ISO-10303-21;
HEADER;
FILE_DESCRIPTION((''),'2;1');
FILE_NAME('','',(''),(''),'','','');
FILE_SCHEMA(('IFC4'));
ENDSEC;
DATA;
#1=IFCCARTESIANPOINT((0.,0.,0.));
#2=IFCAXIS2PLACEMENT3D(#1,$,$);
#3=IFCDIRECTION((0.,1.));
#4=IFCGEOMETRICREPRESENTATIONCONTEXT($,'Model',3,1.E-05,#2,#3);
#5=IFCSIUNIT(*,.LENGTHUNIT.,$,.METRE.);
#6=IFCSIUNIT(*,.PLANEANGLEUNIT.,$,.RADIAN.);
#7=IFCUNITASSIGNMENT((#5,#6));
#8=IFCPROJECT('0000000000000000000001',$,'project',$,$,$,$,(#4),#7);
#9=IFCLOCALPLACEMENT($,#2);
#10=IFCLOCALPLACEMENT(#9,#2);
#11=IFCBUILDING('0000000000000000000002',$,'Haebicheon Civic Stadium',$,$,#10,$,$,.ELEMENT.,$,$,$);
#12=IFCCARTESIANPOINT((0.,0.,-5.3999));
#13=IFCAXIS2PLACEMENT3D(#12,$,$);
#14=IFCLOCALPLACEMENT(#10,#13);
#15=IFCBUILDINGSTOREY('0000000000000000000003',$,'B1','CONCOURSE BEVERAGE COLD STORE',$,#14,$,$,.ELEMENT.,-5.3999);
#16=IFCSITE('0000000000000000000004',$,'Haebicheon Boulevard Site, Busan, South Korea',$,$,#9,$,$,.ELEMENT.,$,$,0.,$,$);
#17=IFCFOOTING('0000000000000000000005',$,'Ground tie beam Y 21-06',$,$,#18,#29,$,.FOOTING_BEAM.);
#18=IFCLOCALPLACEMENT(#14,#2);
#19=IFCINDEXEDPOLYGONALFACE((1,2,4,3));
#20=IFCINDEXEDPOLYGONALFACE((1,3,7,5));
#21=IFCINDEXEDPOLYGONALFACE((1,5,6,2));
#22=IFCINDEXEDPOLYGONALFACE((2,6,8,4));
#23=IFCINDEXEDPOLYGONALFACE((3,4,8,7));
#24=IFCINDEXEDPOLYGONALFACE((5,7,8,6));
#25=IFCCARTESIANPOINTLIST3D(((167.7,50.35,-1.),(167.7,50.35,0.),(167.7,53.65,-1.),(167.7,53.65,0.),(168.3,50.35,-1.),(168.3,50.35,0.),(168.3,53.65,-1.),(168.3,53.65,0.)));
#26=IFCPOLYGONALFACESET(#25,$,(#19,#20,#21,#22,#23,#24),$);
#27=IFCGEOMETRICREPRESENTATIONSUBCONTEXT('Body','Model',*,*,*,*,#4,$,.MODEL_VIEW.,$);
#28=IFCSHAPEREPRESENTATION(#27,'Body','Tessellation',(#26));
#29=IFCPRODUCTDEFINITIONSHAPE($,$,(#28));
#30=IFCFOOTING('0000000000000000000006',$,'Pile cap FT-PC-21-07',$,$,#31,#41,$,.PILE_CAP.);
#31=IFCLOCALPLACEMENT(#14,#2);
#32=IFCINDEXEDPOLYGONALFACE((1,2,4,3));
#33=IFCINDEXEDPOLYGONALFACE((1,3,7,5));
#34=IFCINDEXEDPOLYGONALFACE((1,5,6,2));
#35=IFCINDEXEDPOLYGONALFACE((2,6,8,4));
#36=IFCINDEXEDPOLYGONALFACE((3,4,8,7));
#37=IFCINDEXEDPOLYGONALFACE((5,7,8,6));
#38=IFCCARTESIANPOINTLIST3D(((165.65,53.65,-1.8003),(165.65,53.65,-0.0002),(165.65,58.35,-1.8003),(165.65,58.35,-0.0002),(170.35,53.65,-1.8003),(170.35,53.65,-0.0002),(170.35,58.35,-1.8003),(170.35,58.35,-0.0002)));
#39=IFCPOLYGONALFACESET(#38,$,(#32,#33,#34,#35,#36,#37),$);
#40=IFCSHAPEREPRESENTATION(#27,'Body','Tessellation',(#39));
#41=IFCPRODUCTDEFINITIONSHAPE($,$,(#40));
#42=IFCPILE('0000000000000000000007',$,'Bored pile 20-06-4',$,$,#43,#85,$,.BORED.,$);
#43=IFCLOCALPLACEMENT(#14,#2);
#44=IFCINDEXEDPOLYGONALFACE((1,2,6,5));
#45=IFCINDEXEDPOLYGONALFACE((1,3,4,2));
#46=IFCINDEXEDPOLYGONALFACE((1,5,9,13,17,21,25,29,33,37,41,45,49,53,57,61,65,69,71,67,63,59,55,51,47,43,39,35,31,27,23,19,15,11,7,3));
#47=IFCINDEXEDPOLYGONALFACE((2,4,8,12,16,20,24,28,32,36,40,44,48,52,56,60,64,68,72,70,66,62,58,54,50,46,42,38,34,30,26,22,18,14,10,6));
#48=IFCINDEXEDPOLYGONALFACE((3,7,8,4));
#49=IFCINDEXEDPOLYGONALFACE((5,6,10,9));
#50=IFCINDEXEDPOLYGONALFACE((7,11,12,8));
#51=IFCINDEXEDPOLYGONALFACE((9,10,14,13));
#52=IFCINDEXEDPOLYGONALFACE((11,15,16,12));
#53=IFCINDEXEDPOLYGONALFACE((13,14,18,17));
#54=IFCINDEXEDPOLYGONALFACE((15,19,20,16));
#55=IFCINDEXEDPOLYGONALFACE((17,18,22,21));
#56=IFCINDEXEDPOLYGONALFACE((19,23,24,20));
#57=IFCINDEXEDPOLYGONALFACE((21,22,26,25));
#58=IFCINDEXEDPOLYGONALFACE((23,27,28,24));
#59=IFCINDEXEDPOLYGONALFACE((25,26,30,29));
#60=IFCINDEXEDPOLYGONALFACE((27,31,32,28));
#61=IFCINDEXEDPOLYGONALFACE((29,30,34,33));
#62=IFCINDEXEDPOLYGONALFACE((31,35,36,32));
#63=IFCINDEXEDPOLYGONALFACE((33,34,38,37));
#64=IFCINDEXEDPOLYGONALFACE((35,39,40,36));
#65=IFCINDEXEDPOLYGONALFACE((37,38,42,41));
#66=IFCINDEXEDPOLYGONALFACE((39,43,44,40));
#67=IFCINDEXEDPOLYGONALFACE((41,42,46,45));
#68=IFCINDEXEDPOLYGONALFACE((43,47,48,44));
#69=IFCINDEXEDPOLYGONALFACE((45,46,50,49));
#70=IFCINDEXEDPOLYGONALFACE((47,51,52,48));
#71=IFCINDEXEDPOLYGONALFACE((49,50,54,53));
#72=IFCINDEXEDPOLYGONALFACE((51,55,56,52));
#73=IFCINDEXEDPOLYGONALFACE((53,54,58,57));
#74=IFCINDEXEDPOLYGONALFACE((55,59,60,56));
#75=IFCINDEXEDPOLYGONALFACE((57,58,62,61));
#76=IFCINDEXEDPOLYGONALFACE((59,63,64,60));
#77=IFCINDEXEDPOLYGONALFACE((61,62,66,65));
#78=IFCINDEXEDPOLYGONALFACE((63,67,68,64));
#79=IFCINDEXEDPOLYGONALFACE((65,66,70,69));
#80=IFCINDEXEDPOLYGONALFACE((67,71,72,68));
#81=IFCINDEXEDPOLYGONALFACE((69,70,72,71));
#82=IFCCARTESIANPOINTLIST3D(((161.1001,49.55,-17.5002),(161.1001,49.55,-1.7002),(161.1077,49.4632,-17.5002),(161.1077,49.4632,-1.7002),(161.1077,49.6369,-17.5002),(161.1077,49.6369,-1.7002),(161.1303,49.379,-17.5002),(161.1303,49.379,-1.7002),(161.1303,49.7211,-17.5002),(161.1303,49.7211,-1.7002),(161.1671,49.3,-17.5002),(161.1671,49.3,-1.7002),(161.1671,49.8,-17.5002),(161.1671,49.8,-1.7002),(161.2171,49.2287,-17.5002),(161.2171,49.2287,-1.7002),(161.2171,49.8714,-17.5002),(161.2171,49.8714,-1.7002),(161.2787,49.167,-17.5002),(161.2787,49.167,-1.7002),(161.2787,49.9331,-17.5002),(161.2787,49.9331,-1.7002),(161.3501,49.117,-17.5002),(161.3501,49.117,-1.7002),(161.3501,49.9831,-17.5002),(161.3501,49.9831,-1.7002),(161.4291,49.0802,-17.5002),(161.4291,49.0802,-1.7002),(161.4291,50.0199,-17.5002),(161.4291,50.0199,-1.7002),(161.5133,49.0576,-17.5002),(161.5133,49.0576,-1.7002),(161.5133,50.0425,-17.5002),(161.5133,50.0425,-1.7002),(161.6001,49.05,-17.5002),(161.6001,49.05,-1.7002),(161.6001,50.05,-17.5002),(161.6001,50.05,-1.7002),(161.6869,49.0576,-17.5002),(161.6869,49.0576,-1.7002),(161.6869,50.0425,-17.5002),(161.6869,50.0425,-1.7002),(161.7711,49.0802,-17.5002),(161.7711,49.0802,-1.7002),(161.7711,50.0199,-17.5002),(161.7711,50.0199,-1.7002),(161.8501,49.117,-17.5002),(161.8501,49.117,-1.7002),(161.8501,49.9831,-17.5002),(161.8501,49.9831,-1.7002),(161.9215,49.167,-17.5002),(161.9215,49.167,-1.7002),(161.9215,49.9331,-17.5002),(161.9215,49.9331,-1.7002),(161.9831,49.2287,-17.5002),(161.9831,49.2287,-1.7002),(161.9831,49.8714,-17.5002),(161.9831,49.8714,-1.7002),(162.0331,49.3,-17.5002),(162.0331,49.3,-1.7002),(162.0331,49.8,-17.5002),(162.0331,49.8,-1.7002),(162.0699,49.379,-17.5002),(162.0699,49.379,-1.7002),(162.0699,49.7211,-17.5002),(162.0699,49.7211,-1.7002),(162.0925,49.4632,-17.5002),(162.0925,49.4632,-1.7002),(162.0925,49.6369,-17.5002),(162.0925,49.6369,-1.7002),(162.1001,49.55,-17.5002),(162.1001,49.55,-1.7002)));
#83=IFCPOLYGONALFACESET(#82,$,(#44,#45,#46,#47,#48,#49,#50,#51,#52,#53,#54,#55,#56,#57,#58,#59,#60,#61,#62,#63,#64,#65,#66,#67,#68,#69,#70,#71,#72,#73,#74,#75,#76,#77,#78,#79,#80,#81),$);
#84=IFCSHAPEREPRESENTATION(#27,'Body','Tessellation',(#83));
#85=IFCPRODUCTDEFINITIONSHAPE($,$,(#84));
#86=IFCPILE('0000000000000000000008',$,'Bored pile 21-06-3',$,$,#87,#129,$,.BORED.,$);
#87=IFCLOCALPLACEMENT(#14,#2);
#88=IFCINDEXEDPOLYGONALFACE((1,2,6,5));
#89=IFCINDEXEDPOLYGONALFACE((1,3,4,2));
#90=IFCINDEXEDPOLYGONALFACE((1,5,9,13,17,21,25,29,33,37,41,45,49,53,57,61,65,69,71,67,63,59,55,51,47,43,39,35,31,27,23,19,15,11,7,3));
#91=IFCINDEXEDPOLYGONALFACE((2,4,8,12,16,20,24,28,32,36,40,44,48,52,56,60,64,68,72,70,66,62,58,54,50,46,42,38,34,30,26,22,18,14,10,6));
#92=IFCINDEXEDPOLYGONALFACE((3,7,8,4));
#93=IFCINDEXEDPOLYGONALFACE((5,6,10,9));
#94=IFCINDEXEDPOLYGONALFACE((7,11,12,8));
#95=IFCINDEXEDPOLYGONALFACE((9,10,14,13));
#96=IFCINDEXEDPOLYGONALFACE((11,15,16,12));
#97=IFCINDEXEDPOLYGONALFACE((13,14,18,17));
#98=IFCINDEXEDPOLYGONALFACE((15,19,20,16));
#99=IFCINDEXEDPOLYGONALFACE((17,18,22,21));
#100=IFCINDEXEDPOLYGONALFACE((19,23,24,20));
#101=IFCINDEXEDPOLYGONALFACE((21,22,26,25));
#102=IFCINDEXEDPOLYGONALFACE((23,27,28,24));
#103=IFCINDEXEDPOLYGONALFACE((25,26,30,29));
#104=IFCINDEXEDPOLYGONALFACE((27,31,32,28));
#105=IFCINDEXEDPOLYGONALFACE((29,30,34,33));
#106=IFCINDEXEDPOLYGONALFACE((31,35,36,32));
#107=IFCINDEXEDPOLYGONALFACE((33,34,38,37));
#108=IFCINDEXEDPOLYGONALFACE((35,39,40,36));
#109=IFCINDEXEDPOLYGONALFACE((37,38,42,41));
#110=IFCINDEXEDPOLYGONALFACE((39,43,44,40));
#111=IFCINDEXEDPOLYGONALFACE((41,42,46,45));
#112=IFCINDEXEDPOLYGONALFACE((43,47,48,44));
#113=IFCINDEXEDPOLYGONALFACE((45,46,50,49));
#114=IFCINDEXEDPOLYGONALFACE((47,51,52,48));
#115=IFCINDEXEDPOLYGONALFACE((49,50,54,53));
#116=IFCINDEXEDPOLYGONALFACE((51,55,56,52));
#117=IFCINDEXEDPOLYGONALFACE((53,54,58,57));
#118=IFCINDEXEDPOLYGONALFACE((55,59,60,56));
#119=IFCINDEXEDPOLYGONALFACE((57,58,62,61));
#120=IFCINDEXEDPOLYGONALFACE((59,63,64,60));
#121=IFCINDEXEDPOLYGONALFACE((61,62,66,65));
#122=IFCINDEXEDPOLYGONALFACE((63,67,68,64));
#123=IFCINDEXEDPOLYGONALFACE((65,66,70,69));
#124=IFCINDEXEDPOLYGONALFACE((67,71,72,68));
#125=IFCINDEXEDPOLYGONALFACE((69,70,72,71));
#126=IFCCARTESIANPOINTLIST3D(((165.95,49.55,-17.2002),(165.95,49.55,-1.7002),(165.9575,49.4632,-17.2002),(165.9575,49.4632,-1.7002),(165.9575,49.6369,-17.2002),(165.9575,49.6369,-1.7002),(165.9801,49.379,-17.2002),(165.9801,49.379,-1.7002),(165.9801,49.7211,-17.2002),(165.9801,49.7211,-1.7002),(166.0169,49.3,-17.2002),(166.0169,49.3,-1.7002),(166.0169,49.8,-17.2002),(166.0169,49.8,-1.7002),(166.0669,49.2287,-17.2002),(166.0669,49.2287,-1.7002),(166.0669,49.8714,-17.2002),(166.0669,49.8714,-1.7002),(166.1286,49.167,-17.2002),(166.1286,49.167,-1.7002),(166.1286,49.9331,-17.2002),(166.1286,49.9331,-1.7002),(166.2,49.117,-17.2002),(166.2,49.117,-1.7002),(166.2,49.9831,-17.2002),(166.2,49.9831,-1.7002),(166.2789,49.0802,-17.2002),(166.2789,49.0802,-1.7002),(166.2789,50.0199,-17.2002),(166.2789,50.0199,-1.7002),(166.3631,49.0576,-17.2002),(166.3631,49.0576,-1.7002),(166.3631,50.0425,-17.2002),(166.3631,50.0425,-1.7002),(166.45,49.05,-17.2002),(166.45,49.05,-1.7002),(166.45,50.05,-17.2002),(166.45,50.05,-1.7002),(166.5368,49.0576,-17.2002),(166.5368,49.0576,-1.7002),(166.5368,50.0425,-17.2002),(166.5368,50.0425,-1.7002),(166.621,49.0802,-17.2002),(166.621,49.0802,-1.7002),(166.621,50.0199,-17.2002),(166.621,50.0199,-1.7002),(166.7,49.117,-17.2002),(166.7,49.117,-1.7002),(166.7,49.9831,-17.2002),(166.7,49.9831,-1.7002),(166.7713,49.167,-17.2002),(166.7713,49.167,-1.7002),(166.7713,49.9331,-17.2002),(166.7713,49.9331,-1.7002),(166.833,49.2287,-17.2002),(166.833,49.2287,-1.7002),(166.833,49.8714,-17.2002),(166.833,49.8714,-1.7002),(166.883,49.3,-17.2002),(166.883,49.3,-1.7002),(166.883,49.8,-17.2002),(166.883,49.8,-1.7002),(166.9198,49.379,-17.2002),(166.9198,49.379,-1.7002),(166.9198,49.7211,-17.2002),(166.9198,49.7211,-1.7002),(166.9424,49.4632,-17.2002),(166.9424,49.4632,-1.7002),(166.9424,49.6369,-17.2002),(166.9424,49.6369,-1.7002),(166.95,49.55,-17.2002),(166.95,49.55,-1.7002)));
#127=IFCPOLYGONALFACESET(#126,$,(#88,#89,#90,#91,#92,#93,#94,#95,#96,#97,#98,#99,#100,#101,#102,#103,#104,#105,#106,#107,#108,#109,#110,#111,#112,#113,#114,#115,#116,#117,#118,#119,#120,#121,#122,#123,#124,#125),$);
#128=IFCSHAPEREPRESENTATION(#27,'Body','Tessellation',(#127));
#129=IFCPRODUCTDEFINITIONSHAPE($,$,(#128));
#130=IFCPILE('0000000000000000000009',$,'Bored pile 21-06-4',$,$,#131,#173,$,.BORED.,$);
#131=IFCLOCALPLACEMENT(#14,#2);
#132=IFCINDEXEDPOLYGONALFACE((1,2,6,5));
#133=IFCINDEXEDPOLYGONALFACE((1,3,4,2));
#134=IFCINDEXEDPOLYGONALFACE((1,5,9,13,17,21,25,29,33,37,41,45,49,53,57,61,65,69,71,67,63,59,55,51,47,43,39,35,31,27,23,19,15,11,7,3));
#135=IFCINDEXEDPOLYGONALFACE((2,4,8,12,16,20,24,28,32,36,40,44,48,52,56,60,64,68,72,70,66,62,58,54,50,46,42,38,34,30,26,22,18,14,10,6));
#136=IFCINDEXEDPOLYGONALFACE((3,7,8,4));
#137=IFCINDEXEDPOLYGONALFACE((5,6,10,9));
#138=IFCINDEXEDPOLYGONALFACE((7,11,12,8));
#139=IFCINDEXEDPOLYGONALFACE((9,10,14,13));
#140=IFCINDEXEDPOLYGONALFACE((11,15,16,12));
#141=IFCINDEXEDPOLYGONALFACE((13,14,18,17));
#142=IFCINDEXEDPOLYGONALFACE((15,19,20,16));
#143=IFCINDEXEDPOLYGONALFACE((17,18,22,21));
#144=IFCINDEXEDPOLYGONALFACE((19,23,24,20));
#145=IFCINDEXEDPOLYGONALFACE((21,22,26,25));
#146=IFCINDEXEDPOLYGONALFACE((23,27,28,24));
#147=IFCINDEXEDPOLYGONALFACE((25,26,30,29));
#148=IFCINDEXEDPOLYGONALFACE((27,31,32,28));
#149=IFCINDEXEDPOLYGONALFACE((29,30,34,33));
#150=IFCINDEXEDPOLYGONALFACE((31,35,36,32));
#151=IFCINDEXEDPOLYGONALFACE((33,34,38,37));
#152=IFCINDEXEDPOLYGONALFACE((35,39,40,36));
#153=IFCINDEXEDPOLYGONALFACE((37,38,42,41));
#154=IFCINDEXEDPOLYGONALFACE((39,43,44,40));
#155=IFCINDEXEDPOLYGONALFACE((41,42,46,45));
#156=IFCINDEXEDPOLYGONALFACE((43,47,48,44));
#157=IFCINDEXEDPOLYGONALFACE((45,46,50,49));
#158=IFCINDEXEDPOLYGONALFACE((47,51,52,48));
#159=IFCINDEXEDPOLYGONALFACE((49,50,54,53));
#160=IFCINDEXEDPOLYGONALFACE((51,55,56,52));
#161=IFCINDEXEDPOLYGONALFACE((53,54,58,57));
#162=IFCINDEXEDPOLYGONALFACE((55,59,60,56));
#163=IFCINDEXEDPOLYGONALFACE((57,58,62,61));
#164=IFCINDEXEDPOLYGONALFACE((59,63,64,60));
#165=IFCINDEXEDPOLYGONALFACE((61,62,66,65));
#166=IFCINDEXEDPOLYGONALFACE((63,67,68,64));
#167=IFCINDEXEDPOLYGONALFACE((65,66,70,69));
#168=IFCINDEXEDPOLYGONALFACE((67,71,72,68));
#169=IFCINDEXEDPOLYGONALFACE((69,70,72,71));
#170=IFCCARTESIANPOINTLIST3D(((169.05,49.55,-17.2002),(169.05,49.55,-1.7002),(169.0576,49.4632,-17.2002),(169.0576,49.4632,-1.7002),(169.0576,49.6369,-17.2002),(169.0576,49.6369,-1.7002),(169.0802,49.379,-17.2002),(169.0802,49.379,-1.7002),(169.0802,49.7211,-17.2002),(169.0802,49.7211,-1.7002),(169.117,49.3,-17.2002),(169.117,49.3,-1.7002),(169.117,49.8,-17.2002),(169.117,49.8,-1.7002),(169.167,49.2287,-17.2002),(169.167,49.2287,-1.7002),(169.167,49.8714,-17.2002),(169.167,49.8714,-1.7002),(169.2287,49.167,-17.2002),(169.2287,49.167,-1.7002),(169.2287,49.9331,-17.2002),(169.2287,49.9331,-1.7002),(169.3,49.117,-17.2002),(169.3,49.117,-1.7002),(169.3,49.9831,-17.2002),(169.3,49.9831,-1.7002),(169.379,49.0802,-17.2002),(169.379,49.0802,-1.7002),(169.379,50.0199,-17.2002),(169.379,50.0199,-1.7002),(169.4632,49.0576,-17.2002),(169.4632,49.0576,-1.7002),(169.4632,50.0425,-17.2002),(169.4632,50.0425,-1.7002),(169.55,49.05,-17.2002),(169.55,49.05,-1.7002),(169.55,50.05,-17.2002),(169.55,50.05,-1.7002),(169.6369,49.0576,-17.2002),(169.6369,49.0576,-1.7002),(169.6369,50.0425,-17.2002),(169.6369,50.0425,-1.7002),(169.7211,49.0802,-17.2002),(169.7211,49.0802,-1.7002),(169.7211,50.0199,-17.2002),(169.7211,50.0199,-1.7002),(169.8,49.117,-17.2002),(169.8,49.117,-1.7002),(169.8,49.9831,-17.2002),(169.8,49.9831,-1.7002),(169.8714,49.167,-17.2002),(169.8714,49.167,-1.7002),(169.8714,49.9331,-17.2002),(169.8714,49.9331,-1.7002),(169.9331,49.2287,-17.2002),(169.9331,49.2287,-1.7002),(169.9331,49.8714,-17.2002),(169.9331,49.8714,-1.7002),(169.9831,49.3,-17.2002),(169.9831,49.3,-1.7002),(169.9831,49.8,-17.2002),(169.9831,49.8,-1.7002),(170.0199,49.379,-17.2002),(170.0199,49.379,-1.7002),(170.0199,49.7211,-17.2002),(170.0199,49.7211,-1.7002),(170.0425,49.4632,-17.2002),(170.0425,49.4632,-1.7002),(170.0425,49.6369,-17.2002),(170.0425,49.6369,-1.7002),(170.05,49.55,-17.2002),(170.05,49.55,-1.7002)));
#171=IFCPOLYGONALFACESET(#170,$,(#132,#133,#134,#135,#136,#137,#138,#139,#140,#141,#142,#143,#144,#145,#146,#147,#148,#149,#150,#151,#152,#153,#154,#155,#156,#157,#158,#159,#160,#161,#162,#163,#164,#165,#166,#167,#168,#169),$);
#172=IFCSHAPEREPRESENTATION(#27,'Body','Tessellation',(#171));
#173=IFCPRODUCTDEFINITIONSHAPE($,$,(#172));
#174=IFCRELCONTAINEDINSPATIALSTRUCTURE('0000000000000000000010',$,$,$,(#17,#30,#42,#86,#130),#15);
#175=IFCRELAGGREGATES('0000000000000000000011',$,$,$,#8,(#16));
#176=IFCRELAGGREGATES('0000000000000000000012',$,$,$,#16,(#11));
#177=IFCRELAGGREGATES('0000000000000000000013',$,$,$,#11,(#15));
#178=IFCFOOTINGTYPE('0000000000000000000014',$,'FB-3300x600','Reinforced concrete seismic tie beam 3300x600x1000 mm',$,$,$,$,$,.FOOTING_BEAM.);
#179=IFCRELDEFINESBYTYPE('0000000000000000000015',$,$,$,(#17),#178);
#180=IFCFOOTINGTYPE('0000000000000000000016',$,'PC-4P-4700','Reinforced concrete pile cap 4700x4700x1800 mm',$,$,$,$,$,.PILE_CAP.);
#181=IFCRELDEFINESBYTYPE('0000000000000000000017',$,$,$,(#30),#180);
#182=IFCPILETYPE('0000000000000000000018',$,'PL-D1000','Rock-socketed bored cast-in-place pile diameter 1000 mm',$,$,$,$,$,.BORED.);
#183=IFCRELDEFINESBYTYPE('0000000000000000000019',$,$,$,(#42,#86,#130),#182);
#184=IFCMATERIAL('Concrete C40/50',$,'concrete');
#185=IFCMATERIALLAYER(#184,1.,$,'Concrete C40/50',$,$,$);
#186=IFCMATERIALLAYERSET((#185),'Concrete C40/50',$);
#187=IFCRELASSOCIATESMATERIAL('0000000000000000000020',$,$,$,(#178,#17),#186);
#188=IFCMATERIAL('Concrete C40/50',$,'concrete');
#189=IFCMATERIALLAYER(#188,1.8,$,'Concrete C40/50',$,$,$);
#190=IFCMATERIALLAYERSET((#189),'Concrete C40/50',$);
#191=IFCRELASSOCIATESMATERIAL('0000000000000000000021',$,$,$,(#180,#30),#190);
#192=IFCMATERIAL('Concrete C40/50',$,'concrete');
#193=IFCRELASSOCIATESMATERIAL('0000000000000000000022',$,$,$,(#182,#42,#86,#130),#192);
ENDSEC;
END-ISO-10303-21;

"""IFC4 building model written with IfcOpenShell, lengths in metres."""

from ifc_helpers import new_model, si_unit, direction, frame, origin, origin_2d, place, context, subcontext, project, spatial, rectangle, circle, extrude, material, layer, layer_set, material_profile, profile_set, type_object, element, save


model = new_model("IFC4")

# Units and contexts
model_context = context("Model", 3, precision=1e-05, world=origin(), true_north=direction((0.0, 1.0)))
body_context = subcontext(model_context, "Body", "Model", "MODEL_VIEW")
ifc_project = project(units=[si_unit("LENGTHUNIT", "METRE"), si_unit("PLANEANGLEUNIT", "RADIAN")], contexts=[model_context])

# Site, building, storey
site_placement = place(None, origin())
site = spatial("IfcSite", under=ifc_project, at=site_placement, Name="Haebicheon Boulevard Site, Busan, South Korea", CompositionType="ELEMENT", RefElevation=0.0)
building_placement = place(site_placement, origin())
building = spatial("IfcBuilding", under=site, at=building_placement, Name="Haebicheon Civic Stadium", CompositionType="ELEMENT")
storey_placement = place(building_placement, frame((0.0, 0.0, -5.3999)))
storey = spatial("IfcBuildingStorey", under=building, at=storey_placement, Name="B1", Description="CONCOURSE BEVERAGE COLD STORE", CompositionType="ELEMENT", Elevation=-5.3999)

# Footings
ifc_material_1 = material(Name="Concrete C40/50", Category="concrete")
ifc_layer_1 = layer(ifc_material_1, 1.0, Name="Concrete C40/50")
ifc_layer_set_1 = layer_set([ifc_layer_1], Name="Concrete C40/50")
footing_type_1 = type_object("IfcFootingType", Name="FB-3300x600", Description="Reinforced concrete seismic tie beam 3300x600x1000 mm", PredefinedType="FOOTING_BEAM", material=ifc_layer_set_1)
footing_1_placement = place(storey_placement, frame((168.0, 52.0, -1.0), z_axis=(0.0, 0.0, 1.0), x_axis=(0.0, 1.0, 0.0)))
element("IfcFooting", 1, at=footing_1_placement, inside=storey, type_object=footing_type_1, material=ifc_layer_set_1, Name="Ground tie beam Y 21-06", PredefinedType="FOOTING_BEAM", context=body_context, shape_type="SweptSolid", body=[
    extrude(rectangle(XDim=3.3, YDim=0.6001, at=origin_2d()), origin(), (0.0, 0.0, 1.0), 1.0),
])
ifc_material_2 = material(Name="Concrete C40/50", Category="concrete")
ifc_layer_2 = layer(ifc_material_2, 1.8, Name="Concrete C40/50")
ifc_layer_set_2 = layer_set([ifc_layer_2], Name="Concrete C40/50")
footing_type_2 = type_object("IfcFootingType", Name="PC-4P-4700", Description="Reinforced concrete pile cap 4700x4700x1800 mm", PredefinedType="PILE_CAP", material=ifc_layer_set_2)
footing_2_placement = place(storey_placement, frame((168.0, 56.0, -1.8003), z_axis=(0.0, 0.0, 1.0), x_axis=(1.0, 0.0, 0.0)))
element("IfcFooting", 2, at=footing_2_placement, inside=storey, type_object=footing_type_2, material=ifc_layer_set_2, Name="Pile cap FT-PC-21-07", PredefinedType="PILE_CAP", context=body_context, shape_type="SweptSolid", body=[
    extrude(rectangle(XDim=4.7, YDim=4.7, at=origin_2d()), origin(), (0.0, 0.0, 1.0), 1.8),
])

# Piles
ifc_material_3 = material(Name="Concrete C40/50", Category="concrete")
ifc_material_profile_1 = material_profile(ifc_material_3, circle(Radius=0.5, at=origin_2d()), Name="PILE-D1000")
ifc_profile_set_1 = profile_set([ifc_material_profile_1], Name="Concrete C40/50")
pile_type_1 = type_object("IfcPileType", Name="PL-D1000", Description="Rock-socketed bored cast-in-place pile diameter 1000 mm", PredefinedType="BORED", material=ifc_profile_set_1)
pile_placement = place(storey_placement, frame((161.6001, 49.55, -1.7002), z_axis=(0.0, 0.0, -1.0), x_axis=(1.0, 0.0, 0.0)))
element("IfcPile", 3, at=pile_placement, inside=storey, type_object=pile_type_1, material=ifc_profile_set_1, Name="Bored pile 20-06-4", PredefinedType="BORED", context=body_context, shape_type="SweptSolid", body=[
    extrude(circle(Radius=0.5, at=origin_2d()), origin(), (0.0, 0.0, 1.0), 15.8),
])
for number, where, z_axis, x_axis, name in (
    (4, (166.45, 49.55, -1.7002), (0.0, 0.0, -1.0), (1.0, 0.0, 0.0), "Bored pile 21-06-3"),
    (5, (169.55, 49.55, -1.7002), (0.0, 0.0, -1.0), (1.0, 0.0, 0.0), "Bored pile 21-06-4"),
):
    element("IfcPile", number, at=place(storey_placement, frame(where, z_axis=z_axis, x_axis=x_axis)), inside=storey, type_object=pile_type_1, material=ifc_profile_set_1, Name=name, PredefinedType="BORED", context=body_context, shape_type="SweptSolid", body=[
        extrude(circle(Radius=0.5, at=origin_2d()), origin(), (0.0, 0.0, 1.0), 15.5),
    ])

save(model, "model.ifc")
